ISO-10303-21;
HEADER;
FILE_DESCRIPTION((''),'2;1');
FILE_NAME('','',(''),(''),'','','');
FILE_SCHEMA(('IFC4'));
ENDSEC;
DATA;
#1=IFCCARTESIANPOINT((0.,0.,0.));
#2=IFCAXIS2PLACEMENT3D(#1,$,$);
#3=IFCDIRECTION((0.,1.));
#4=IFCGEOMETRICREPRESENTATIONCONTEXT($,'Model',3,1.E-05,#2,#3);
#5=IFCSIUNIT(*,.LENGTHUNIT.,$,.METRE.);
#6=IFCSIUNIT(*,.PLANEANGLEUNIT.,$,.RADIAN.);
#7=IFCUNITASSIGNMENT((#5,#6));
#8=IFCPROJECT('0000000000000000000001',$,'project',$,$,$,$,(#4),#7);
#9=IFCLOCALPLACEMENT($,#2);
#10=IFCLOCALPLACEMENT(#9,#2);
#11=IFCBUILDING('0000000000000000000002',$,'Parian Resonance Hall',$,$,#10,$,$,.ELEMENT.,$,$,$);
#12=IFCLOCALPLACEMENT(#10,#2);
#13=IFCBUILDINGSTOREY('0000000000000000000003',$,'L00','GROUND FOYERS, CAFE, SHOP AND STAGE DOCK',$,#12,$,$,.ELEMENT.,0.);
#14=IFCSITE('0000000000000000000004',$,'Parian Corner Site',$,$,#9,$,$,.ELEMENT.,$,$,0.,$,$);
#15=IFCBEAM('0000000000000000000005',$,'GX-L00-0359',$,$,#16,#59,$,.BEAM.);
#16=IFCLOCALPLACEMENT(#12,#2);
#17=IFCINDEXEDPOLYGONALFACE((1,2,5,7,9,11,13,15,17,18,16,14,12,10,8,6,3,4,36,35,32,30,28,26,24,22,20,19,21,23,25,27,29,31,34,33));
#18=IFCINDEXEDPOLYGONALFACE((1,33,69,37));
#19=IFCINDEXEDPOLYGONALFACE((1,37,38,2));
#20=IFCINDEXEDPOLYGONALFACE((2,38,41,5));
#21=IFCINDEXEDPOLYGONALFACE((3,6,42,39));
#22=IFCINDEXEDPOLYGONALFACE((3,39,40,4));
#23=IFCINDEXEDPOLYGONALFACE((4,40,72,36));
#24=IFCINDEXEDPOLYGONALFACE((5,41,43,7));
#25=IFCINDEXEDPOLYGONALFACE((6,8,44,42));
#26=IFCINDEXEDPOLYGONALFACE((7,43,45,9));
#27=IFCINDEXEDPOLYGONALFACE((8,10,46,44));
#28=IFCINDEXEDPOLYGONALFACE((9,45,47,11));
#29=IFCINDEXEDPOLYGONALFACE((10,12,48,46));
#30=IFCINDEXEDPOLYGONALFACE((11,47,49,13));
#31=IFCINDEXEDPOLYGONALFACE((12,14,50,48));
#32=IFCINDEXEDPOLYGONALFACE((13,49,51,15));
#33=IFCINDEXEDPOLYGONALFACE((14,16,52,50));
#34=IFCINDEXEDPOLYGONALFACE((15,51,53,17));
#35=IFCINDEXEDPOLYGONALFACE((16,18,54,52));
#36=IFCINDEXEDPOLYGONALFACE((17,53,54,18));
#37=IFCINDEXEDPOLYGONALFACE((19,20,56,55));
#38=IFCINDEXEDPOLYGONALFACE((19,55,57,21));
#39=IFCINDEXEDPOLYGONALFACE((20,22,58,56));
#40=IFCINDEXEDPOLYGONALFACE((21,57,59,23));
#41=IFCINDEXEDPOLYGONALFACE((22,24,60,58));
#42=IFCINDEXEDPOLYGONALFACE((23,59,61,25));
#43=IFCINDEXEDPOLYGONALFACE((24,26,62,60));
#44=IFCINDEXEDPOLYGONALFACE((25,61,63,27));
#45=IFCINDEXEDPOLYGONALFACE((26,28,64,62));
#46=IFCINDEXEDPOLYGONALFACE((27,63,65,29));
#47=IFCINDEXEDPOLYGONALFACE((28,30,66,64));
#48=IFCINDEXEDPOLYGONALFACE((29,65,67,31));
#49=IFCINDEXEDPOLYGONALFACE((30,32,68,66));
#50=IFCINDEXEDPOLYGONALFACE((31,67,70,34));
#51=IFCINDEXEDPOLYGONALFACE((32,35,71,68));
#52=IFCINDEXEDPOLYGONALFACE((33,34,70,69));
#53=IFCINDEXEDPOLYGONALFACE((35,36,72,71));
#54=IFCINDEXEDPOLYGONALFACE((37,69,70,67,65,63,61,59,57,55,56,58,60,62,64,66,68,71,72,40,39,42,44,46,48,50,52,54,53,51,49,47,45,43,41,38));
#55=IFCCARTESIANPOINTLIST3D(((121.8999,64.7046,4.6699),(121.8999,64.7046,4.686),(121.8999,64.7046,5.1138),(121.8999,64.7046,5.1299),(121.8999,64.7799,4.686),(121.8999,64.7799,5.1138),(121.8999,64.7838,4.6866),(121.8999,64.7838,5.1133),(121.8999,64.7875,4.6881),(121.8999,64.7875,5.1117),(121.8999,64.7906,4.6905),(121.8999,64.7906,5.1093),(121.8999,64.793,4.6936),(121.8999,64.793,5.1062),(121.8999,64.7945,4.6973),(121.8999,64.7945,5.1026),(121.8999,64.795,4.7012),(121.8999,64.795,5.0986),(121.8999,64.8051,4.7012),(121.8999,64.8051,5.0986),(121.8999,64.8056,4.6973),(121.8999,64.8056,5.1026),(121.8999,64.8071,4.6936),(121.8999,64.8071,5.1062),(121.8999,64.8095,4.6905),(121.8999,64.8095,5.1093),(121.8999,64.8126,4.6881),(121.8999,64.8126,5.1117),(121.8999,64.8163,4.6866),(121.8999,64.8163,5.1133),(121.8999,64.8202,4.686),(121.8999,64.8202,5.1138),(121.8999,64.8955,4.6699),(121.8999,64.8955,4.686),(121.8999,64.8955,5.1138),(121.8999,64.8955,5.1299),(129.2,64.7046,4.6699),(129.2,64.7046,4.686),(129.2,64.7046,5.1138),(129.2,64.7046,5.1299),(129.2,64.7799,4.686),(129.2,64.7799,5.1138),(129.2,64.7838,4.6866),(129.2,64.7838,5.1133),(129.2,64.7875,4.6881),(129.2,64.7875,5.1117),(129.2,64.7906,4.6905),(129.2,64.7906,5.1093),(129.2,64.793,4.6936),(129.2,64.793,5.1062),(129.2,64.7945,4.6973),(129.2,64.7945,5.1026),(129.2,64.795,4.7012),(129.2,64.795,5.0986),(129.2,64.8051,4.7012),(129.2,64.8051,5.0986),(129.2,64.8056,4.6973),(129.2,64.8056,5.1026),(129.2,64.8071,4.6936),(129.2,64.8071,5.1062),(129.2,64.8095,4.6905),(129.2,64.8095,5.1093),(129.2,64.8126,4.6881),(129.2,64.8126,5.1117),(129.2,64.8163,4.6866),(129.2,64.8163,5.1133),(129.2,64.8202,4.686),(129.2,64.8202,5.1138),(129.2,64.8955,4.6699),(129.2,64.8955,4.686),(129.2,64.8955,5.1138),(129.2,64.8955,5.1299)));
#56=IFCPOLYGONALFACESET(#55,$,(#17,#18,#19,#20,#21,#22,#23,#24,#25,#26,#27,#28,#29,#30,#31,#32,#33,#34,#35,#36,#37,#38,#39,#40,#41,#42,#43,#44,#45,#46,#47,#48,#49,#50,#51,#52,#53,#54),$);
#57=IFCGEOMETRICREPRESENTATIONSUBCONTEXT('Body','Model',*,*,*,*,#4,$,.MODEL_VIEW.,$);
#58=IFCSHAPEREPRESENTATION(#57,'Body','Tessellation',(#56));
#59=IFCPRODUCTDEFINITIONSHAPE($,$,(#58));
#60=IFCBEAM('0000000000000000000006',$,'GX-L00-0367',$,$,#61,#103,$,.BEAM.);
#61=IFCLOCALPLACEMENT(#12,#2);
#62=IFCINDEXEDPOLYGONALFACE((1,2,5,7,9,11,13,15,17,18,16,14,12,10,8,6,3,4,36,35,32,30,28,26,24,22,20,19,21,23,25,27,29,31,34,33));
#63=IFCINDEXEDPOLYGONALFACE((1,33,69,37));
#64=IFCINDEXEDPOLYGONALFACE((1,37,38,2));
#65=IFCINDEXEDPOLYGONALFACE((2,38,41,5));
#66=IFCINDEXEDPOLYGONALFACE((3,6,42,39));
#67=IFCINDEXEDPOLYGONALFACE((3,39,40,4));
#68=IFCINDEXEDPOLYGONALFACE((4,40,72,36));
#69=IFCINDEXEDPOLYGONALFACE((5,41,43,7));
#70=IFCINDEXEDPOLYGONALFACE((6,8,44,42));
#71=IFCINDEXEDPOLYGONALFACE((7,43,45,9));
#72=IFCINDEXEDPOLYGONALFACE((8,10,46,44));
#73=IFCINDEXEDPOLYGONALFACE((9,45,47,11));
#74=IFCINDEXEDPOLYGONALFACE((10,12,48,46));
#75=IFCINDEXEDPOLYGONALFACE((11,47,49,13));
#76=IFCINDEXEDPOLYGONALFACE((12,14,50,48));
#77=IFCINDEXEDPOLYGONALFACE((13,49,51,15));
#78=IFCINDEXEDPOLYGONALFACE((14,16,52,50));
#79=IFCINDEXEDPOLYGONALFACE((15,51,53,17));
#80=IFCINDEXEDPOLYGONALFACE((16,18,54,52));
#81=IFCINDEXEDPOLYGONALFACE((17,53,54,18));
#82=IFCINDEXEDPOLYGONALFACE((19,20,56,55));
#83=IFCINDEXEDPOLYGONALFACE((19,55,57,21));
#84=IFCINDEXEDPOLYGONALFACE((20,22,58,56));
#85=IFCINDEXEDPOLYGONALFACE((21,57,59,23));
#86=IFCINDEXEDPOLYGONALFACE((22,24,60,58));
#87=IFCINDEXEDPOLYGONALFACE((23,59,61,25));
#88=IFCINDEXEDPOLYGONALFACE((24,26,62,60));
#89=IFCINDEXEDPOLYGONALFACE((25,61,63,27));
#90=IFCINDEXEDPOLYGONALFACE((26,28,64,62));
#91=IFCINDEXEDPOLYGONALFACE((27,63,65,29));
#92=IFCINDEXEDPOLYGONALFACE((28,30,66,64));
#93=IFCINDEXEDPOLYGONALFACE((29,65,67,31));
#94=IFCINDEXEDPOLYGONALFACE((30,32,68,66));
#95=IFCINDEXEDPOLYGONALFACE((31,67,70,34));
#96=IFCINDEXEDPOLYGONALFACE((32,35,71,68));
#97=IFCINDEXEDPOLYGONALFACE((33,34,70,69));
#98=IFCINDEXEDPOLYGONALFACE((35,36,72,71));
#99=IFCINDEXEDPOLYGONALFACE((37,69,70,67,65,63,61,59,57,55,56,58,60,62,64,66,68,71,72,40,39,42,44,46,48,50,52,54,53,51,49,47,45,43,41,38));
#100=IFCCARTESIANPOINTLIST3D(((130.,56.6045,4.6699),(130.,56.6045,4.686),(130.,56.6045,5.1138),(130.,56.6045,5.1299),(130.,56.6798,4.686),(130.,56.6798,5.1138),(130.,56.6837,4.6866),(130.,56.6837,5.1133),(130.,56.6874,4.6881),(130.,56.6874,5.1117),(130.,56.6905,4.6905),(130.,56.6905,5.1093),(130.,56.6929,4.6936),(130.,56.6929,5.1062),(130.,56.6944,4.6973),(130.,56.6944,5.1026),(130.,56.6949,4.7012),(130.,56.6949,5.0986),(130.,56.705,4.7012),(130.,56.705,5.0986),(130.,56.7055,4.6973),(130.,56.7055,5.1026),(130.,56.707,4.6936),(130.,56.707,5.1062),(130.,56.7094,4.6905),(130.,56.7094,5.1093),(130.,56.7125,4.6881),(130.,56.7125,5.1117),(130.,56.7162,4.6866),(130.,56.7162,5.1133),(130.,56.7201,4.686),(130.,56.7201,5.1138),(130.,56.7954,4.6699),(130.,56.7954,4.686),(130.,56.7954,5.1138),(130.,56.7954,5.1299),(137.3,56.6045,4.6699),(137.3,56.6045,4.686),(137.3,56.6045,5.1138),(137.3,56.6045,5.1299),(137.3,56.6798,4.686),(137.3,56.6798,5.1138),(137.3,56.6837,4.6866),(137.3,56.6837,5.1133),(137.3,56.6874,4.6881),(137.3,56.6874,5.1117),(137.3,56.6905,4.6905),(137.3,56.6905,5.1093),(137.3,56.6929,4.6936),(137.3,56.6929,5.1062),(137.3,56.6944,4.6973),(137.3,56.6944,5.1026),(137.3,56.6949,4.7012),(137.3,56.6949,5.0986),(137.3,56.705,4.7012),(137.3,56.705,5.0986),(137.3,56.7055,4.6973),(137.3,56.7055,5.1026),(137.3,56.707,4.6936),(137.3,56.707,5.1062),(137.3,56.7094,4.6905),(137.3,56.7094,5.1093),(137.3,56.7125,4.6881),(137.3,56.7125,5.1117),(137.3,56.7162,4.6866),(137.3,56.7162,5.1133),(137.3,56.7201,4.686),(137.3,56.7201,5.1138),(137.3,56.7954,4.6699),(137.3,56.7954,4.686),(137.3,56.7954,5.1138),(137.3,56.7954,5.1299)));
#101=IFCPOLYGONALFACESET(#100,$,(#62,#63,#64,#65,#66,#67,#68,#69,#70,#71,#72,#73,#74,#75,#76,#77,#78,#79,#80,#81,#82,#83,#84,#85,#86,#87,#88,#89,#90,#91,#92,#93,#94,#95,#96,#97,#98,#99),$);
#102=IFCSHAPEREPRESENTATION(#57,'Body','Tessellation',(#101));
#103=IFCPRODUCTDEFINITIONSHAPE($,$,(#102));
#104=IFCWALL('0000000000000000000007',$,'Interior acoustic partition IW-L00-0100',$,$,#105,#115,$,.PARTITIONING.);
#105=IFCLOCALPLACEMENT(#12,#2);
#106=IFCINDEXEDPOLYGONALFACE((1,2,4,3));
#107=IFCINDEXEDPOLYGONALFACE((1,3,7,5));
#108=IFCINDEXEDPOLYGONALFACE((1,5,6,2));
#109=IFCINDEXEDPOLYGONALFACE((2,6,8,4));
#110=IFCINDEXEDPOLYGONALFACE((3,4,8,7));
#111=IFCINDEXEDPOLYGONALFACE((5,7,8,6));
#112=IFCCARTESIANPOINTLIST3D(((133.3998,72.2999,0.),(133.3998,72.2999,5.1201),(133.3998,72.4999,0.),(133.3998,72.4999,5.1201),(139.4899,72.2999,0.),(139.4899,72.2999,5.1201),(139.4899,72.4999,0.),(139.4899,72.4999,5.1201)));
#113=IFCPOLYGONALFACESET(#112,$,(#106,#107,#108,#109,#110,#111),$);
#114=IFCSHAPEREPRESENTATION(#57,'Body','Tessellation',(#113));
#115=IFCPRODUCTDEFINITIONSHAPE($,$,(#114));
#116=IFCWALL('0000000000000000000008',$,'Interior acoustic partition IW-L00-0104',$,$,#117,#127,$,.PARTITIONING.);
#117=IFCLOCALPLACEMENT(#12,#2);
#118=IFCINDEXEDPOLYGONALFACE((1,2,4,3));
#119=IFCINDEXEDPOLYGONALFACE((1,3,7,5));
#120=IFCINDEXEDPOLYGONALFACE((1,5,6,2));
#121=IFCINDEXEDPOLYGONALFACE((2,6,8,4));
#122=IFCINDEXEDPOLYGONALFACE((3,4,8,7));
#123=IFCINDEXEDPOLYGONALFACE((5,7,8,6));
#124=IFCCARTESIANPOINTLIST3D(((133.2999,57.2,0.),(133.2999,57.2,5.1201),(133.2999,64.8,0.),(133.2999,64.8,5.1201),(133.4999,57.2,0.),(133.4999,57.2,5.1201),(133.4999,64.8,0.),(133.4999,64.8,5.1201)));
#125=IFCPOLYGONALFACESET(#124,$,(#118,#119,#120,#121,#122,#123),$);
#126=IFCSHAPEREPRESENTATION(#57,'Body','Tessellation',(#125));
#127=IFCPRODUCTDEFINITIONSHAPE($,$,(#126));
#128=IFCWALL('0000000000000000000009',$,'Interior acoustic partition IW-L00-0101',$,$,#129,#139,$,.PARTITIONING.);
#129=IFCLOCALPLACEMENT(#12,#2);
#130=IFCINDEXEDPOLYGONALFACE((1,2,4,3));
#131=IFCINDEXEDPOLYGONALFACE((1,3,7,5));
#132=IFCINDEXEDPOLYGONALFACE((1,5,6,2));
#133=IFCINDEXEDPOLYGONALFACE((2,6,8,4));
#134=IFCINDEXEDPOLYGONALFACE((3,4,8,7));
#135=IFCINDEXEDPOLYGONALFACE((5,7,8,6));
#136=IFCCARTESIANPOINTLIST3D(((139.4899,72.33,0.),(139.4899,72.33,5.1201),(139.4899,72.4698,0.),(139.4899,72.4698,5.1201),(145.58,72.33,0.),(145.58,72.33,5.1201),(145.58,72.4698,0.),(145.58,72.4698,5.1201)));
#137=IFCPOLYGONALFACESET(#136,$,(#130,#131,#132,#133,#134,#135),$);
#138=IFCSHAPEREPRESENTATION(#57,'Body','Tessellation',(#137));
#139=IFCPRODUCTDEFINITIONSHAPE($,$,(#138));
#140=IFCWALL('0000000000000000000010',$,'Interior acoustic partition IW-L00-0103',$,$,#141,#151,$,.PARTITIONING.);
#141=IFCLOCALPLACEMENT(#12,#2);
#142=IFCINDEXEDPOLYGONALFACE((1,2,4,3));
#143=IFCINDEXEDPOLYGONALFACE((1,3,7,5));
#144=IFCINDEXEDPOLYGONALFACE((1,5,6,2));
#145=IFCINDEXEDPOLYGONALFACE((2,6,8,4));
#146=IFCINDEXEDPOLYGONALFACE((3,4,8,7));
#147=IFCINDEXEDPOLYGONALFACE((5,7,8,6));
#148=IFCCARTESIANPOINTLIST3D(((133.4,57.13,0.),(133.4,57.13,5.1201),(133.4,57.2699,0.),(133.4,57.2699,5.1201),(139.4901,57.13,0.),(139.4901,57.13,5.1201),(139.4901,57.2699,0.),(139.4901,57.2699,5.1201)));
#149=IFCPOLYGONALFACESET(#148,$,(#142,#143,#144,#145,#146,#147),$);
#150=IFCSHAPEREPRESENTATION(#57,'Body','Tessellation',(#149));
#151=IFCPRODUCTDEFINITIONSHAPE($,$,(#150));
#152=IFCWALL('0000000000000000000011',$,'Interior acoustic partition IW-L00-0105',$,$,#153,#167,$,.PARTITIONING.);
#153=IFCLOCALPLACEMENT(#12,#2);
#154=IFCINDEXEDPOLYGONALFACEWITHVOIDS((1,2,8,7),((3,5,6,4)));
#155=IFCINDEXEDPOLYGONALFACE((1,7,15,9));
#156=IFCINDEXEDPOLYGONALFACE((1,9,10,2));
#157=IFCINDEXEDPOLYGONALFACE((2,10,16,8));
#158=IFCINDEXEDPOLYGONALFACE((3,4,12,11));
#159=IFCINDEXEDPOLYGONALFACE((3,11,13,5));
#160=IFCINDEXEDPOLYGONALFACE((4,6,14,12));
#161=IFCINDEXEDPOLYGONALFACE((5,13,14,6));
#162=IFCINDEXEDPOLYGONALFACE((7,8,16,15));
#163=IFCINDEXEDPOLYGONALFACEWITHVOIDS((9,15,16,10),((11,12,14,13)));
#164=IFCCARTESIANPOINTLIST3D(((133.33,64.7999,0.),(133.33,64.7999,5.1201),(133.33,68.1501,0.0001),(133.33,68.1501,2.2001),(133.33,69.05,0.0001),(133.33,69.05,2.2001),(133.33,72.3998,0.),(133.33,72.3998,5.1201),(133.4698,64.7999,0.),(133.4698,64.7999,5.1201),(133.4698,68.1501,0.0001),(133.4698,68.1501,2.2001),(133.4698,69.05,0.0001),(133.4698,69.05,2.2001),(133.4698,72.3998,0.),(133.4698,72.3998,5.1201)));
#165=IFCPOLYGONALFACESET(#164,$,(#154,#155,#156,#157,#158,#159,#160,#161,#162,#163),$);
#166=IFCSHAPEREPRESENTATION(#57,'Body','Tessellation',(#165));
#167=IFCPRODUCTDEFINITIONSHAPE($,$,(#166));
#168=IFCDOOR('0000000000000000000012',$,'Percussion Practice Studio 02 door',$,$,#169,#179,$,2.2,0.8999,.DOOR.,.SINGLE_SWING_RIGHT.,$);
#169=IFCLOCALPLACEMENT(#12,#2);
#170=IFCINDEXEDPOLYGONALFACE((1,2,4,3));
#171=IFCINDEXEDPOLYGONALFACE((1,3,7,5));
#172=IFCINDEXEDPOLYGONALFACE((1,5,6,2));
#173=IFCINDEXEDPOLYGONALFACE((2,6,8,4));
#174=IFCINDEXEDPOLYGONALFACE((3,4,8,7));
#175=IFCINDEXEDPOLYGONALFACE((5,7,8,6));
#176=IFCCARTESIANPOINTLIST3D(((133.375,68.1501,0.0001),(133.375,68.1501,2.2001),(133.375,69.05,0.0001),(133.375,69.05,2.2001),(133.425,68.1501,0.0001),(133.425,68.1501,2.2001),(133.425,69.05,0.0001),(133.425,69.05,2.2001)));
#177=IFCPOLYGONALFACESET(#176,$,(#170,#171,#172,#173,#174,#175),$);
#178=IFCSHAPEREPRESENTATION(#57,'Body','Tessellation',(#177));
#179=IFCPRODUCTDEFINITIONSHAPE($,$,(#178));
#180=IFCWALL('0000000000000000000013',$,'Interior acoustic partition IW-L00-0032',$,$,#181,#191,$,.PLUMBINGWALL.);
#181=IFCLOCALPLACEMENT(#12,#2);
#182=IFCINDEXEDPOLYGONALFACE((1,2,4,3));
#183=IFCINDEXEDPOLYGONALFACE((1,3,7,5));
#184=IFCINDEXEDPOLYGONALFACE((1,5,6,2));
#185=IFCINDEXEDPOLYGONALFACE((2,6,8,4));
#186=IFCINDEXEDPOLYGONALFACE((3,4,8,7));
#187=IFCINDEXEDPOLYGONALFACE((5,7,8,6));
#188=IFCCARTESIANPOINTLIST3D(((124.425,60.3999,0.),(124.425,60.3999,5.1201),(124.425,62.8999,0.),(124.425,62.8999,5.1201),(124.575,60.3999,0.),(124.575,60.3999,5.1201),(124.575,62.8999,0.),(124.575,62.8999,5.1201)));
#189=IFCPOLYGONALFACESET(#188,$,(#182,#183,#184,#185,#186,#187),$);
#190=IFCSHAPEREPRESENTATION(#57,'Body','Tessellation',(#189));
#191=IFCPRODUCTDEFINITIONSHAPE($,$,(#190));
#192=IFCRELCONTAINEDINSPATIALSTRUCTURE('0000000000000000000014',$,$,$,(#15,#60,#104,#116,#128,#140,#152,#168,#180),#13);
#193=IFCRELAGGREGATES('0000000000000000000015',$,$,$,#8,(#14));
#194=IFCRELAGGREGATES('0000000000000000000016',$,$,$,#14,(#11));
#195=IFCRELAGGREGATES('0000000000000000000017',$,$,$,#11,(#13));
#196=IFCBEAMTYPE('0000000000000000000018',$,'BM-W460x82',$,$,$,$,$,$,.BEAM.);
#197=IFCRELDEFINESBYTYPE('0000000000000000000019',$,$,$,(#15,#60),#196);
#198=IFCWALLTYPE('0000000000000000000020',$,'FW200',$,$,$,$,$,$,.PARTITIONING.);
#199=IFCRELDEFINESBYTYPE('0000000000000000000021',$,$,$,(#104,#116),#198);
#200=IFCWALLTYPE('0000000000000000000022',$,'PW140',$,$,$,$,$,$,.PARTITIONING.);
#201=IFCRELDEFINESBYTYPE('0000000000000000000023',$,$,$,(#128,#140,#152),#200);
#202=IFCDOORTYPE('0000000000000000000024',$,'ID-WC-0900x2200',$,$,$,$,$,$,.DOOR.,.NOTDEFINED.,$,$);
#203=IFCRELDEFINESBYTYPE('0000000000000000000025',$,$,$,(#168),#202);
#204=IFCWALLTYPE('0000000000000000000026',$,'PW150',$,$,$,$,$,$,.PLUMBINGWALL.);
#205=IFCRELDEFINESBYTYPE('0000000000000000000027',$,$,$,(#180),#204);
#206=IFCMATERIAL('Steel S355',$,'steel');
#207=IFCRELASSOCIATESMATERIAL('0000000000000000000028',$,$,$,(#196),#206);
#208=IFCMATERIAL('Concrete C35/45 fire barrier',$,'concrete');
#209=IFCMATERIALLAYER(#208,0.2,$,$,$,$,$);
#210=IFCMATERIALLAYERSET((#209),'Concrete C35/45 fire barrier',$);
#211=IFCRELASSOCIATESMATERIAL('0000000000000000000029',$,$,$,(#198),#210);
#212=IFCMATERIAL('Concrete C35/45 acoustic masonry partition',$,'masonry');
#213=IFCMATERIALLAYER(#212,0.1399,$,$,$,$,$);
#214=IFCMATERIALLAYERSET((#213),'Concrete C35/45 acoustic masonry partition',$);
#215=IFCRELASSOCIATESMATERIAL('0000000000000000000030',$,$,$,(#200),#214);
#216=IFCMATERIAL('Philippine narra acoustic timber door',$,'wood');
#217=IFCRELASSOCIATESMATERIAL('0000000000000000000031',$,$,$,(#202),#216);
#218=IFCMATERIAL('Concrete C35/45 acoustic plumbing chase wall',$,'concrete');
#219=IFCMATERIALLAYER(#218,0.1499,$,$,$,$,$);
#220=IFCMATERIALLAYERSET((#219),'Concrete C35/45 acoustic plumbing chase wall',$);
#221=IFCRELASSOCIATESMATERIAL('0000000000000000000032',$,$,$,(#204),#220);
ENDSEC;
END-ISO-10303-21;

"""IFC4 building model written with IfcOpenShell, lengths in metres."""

from ifc_helpers import new_model, si_unit, direction, frame, frame_2d, origin, origin_2d, place, context, subcontext, project, spatial, rectangle, i_section, extrude, material, layer, layer_set, material_profile, profile_set, type_object, element, fill, save


model = new_model("IFC4")

# Units and contexts
model_context = context("Model", 3, precision=1e-05, world=origin(), true_north=direction((0.0, 1.0)))
body_context = subcontext(model_context, "Body", "Model", "MODEL_VIEW")
ifc_project = project(units=[si_unit("LENGTHUNIT", "METRE"), si_unit("PLANEANGLEUNIT", "RADIAN")], contexts=[model_context])

# Site, building, storey
site_placement = place(None, origin())
site = spatial("IfcSite", under=ifc_project, at=site_placement, Name="Parian Corner Site", CompositionType="ELEMENT", RefElevation=0.0)
building_placement = place(site_placement, origin())
building = spatial("IfcBuilding", under=site, at=building_placement, Name="Parian Resonance Hall", CompositionType="ELEMENT")
storey_placement = place(building_placement, origin())
storey = spatial("IfcBuildingStorey", under=building, at=storey_placement, Name="L00", Description="GROUND FOYERS, CAFE, SHOP AND STAGE DOCK", CompositionType="ELEMENT", Elevation=0.0)

# Beams
ifc_material_1 = material(Name="Steel S355", Category="steel")
ifc_material_profile_1 = material_profile(ifc_material_1, i_section(OverallWidth=0.1909, OverallDepth=0.46, WebThickness=0.01, FlangeThickness=0.0161, FilletRadius=0.0151, at=origin_2d()), Name="W460x82")
ifc_profile_set_1 = profile_set([ifc_material_profile_1], Name="Steel S355")
beam_type_1 = type_object("IfcBeamType", Name="BM-W460x82", PredefinedType="BEAM", material=ifc_profile_set_1)
for number, where, z_axis, x_axis, name in (
    (1, (121.8999, 64.8, 4.8999), (1.0, 0.0, 0.0), (0.0, 1.0, 0.0), "GX-L00-0359"),
    (2, (130.0, 56.7, 4.8999), (1.0, 0.0, 0.0), (0.0, 1.0, 0.0), "GX-L00-0367"),
):
    element("IfcBeam", number, at=place(storey_placement, frame(where, z_axis=z_axis, x_axis=x_axis)), inside=storey, type_object=beam_type_1, Name=name, PredefinedType="BEAM", context=body_context, shape_type="SweptSolid", body=[
        extrude(i_section(OverallWidth=0.1909, OverallDepth=0.46, WebThickness=0.01, FlangeThickness=0.0161, FilletRadius=0.0151, at=origin_2d()), origin(), (0.0, 0.0, 1.0), 7.3),
    ])

# Walls
ifc_material_2 = material(Name="Concrete C35/45 fire barrier", Category="concrete")
ifc_layer_1 = layer(ifc_material_2, 0.2)
ifc_layer_set_1 = layer_set([ifc_layer_1], Name="Concrete C35/45 fire barrier")
wall_type_1 = type_object("IfcWallType", Name="FW200", PredefinedType="PARTITIONING", material=ifc_layer_set_1)
wall_1_placement = place(storey_placement, frame((133.3999, 72.3999, 0.0), z_axis=(0.0, 0.0, 1.0), x_axis=(1.0, 0.0, 0.0)))
element("IfcWall", 3, at=wall_1_placement, inside=storey, type_object=wall_type_1, Name="Interior acoustic partition IW-L00-0100", PredefinedType="PARTITIONING", context=body_context, shape_type="SweptSolid", body=[
    extrude(rectangle(XDim=6.0901, YDim=0.2, at=frame_2d((3.0449, 0.0))), origin(), (0.0, 0.0, 1.0), 5.1201),
])
wall_2_placement = place(storey_placement, frame((133.3999, 57.2, 0.0), z_axis=(0.0, 0.0, 1.0), x_axis=(0.0, 1.0, 0.0)))
element("IfcWall", 4, at=wall_2_placement, inside=storey, type_object=wall_type_1, Name="Interior acoustic partition IW-L00-0104", PredefinedType="PARTITIONING", context=body_context, shape_type="SweptSolid", body=[
    extrude(rectangle(XDim=7.6001, YDim=0.2, at=frame_2d((3.8, 0.0))), origin(), (0.0, 0.0, 1.0), 5.1201),
])
ifc_material_3 = material(Name="Concrete C35/45 acoustic masonry partition", Category="masonry")
ifc_layer_2 = layer(ifc_material_3, 0.1399)
ifc_layer_set_2 = layer_set([ifc_layer_2], Name="Concrete C35/45 acoustic masonry partition")
wall_type_2 = type_object("IfcWallType", Name="PW140", PredefinedType="PARTITIONING", material=ifc_layer_set_2)
for number, where, z_axis, x_axis, name in (
    (5, (139.49, 72.3999, 0.0), (0.0, 0.0, 1.0), (1.0, 0.0, 0.0), "Interior acoustic partition IW-L00-0101"),
    (6, (139.49, 57.2, 0.0), (0.0, 0.0, 1.0), (-1.0, 0.0, 0.0), "Interior acoustic partition IW-L00-0103"),
):
    element("IfcWall", number, at=place(storey_placement, frame(where, z_axis=z_axis, x_axis=x_axis)), inside=storey, type_object=wall_type_2, Name=name, PredefinedType="PARTITIONING", context=body_context, shape_type="SweptSolid", body=[
        extrude(rectangle(XDim=6.0901, YDim=0.1399, at=frame_2d((3.0449, 0.0))), origin(), (0.0, 0.0, 1.0), 5.1201),
    ])

# Wall, opening, door
wall_3_placement = place(storey_placement, frame((133.3999, 64.8, 0.0), z_axis=(0.0, 0.0, 1.0), x_axis=(0.0, 1.0, 0.0)))
wall_3 = element("IfcWall", 7, at=wall_3_placement, inside=storey, type_object=wall_type_2, Name="Interior acoustic partition IW-L00-0105", PredefinedType="PARTITIONING", context=body_context, shape_type="SweptSolid", body=[
    extrude(rectangle(XDim=7.5999, YDim=0.1399, at=frame_2d((3.7998, 0.0))), origin(), (0.0, 0.0, 1.0), 5.1201),
])
opening_1_placement = place(wall_3_placement, frame((3.3501, 0.0, 0.0)))
opening_1 = element("IfcOpeningElement", 8, at=opening_1_placement, cuts=wall_3, PredefinedType="OPENING", context=body_context, shape_type="SweptSolid", body=[
    extrude(rectangle(XDim=0.8999, YDim=2.2, at=frame_2d((0.45, 1.1001))), frame((0.0, 0.0798, 0.0), z_axis=(0.0, -1.0, 0.0), x_axis=(1.0, 0.0, 0.0)), (0.0, 0.0, 1.0), 0.1599),
])
ifc_material_4 = material(Name="Philippine narra acoustic timber door", Category="wood")
door_type_1 = type_object("IfcDoorType", Name="ID-WC-0900x2200", OperationType="NOTDEFINED", PredefinedType="DOOR", material=ifc_material_4)
door_1_placement = place(opening_1_placement, origin())
door_1 = element("IfcDoor", 9, at=door_1_placement, inside=storey, type_object=door_type_1, Name="Percussion Practice Studio 02 door", OperationType="SINGLE_SWING_RIGHT", OverallHeight=2.2, OverallWidth=0.8999, PredefinedType="DOOR", context=body_context, shape_type="SweptSolid", body=[
    extrude(rectangle(XDim=0.8999, YDim=2.2, at=frame_2d((0.45, 1.1001))), frame((0.0, 0.0249, 0.0), z_axis=(0.0, -1.0, 0.0), x_axis=(1.0, 0.0, 0.0)), (0.0, 0.0, 1.0), 0.05),
])
fill(opening_1, door_1)

# Wall
ifc_material_5 = material(Name="Concrete C35/45 acoustic plumbing chase wall", Category="concrete")
ifc_layer_3 = layer(ifc_material_5, 0.1499)
ifc_layer_set_3 = layer_set([ifc_layer_3], Name="Concrete C35/45 acoustic plumbing chase wall")
wall_type_3 = type_object("IfcWallType", Name="PW150", PredefinedType="PLUMBINGWALL", material=ifc_layer_set_3)
wall_4_placement = place(storey_placement, frame((124.5, 62.8999, 0.0), z_axis=(0.0, 0.0, 1.0), x_axis=(0.0, -1.0, 0.0)))
element("IfcWall", 10, at=wall_4_placement, inside=storey, type_object=wall_type_3, Name="Interior acoustic partition IW-L00-0032", PredefinedType="PLUMBINGWALL", context=body_context, shape_type="SweptSolid", body=[
    extrude(rectangle(XDim=2.5, YDim=0.1499, at=frame_2d((1.25, 0.0))), origin(), (0.0, 0.0, 1.0), 5.1201),
])

save(model, "model.ifc")
